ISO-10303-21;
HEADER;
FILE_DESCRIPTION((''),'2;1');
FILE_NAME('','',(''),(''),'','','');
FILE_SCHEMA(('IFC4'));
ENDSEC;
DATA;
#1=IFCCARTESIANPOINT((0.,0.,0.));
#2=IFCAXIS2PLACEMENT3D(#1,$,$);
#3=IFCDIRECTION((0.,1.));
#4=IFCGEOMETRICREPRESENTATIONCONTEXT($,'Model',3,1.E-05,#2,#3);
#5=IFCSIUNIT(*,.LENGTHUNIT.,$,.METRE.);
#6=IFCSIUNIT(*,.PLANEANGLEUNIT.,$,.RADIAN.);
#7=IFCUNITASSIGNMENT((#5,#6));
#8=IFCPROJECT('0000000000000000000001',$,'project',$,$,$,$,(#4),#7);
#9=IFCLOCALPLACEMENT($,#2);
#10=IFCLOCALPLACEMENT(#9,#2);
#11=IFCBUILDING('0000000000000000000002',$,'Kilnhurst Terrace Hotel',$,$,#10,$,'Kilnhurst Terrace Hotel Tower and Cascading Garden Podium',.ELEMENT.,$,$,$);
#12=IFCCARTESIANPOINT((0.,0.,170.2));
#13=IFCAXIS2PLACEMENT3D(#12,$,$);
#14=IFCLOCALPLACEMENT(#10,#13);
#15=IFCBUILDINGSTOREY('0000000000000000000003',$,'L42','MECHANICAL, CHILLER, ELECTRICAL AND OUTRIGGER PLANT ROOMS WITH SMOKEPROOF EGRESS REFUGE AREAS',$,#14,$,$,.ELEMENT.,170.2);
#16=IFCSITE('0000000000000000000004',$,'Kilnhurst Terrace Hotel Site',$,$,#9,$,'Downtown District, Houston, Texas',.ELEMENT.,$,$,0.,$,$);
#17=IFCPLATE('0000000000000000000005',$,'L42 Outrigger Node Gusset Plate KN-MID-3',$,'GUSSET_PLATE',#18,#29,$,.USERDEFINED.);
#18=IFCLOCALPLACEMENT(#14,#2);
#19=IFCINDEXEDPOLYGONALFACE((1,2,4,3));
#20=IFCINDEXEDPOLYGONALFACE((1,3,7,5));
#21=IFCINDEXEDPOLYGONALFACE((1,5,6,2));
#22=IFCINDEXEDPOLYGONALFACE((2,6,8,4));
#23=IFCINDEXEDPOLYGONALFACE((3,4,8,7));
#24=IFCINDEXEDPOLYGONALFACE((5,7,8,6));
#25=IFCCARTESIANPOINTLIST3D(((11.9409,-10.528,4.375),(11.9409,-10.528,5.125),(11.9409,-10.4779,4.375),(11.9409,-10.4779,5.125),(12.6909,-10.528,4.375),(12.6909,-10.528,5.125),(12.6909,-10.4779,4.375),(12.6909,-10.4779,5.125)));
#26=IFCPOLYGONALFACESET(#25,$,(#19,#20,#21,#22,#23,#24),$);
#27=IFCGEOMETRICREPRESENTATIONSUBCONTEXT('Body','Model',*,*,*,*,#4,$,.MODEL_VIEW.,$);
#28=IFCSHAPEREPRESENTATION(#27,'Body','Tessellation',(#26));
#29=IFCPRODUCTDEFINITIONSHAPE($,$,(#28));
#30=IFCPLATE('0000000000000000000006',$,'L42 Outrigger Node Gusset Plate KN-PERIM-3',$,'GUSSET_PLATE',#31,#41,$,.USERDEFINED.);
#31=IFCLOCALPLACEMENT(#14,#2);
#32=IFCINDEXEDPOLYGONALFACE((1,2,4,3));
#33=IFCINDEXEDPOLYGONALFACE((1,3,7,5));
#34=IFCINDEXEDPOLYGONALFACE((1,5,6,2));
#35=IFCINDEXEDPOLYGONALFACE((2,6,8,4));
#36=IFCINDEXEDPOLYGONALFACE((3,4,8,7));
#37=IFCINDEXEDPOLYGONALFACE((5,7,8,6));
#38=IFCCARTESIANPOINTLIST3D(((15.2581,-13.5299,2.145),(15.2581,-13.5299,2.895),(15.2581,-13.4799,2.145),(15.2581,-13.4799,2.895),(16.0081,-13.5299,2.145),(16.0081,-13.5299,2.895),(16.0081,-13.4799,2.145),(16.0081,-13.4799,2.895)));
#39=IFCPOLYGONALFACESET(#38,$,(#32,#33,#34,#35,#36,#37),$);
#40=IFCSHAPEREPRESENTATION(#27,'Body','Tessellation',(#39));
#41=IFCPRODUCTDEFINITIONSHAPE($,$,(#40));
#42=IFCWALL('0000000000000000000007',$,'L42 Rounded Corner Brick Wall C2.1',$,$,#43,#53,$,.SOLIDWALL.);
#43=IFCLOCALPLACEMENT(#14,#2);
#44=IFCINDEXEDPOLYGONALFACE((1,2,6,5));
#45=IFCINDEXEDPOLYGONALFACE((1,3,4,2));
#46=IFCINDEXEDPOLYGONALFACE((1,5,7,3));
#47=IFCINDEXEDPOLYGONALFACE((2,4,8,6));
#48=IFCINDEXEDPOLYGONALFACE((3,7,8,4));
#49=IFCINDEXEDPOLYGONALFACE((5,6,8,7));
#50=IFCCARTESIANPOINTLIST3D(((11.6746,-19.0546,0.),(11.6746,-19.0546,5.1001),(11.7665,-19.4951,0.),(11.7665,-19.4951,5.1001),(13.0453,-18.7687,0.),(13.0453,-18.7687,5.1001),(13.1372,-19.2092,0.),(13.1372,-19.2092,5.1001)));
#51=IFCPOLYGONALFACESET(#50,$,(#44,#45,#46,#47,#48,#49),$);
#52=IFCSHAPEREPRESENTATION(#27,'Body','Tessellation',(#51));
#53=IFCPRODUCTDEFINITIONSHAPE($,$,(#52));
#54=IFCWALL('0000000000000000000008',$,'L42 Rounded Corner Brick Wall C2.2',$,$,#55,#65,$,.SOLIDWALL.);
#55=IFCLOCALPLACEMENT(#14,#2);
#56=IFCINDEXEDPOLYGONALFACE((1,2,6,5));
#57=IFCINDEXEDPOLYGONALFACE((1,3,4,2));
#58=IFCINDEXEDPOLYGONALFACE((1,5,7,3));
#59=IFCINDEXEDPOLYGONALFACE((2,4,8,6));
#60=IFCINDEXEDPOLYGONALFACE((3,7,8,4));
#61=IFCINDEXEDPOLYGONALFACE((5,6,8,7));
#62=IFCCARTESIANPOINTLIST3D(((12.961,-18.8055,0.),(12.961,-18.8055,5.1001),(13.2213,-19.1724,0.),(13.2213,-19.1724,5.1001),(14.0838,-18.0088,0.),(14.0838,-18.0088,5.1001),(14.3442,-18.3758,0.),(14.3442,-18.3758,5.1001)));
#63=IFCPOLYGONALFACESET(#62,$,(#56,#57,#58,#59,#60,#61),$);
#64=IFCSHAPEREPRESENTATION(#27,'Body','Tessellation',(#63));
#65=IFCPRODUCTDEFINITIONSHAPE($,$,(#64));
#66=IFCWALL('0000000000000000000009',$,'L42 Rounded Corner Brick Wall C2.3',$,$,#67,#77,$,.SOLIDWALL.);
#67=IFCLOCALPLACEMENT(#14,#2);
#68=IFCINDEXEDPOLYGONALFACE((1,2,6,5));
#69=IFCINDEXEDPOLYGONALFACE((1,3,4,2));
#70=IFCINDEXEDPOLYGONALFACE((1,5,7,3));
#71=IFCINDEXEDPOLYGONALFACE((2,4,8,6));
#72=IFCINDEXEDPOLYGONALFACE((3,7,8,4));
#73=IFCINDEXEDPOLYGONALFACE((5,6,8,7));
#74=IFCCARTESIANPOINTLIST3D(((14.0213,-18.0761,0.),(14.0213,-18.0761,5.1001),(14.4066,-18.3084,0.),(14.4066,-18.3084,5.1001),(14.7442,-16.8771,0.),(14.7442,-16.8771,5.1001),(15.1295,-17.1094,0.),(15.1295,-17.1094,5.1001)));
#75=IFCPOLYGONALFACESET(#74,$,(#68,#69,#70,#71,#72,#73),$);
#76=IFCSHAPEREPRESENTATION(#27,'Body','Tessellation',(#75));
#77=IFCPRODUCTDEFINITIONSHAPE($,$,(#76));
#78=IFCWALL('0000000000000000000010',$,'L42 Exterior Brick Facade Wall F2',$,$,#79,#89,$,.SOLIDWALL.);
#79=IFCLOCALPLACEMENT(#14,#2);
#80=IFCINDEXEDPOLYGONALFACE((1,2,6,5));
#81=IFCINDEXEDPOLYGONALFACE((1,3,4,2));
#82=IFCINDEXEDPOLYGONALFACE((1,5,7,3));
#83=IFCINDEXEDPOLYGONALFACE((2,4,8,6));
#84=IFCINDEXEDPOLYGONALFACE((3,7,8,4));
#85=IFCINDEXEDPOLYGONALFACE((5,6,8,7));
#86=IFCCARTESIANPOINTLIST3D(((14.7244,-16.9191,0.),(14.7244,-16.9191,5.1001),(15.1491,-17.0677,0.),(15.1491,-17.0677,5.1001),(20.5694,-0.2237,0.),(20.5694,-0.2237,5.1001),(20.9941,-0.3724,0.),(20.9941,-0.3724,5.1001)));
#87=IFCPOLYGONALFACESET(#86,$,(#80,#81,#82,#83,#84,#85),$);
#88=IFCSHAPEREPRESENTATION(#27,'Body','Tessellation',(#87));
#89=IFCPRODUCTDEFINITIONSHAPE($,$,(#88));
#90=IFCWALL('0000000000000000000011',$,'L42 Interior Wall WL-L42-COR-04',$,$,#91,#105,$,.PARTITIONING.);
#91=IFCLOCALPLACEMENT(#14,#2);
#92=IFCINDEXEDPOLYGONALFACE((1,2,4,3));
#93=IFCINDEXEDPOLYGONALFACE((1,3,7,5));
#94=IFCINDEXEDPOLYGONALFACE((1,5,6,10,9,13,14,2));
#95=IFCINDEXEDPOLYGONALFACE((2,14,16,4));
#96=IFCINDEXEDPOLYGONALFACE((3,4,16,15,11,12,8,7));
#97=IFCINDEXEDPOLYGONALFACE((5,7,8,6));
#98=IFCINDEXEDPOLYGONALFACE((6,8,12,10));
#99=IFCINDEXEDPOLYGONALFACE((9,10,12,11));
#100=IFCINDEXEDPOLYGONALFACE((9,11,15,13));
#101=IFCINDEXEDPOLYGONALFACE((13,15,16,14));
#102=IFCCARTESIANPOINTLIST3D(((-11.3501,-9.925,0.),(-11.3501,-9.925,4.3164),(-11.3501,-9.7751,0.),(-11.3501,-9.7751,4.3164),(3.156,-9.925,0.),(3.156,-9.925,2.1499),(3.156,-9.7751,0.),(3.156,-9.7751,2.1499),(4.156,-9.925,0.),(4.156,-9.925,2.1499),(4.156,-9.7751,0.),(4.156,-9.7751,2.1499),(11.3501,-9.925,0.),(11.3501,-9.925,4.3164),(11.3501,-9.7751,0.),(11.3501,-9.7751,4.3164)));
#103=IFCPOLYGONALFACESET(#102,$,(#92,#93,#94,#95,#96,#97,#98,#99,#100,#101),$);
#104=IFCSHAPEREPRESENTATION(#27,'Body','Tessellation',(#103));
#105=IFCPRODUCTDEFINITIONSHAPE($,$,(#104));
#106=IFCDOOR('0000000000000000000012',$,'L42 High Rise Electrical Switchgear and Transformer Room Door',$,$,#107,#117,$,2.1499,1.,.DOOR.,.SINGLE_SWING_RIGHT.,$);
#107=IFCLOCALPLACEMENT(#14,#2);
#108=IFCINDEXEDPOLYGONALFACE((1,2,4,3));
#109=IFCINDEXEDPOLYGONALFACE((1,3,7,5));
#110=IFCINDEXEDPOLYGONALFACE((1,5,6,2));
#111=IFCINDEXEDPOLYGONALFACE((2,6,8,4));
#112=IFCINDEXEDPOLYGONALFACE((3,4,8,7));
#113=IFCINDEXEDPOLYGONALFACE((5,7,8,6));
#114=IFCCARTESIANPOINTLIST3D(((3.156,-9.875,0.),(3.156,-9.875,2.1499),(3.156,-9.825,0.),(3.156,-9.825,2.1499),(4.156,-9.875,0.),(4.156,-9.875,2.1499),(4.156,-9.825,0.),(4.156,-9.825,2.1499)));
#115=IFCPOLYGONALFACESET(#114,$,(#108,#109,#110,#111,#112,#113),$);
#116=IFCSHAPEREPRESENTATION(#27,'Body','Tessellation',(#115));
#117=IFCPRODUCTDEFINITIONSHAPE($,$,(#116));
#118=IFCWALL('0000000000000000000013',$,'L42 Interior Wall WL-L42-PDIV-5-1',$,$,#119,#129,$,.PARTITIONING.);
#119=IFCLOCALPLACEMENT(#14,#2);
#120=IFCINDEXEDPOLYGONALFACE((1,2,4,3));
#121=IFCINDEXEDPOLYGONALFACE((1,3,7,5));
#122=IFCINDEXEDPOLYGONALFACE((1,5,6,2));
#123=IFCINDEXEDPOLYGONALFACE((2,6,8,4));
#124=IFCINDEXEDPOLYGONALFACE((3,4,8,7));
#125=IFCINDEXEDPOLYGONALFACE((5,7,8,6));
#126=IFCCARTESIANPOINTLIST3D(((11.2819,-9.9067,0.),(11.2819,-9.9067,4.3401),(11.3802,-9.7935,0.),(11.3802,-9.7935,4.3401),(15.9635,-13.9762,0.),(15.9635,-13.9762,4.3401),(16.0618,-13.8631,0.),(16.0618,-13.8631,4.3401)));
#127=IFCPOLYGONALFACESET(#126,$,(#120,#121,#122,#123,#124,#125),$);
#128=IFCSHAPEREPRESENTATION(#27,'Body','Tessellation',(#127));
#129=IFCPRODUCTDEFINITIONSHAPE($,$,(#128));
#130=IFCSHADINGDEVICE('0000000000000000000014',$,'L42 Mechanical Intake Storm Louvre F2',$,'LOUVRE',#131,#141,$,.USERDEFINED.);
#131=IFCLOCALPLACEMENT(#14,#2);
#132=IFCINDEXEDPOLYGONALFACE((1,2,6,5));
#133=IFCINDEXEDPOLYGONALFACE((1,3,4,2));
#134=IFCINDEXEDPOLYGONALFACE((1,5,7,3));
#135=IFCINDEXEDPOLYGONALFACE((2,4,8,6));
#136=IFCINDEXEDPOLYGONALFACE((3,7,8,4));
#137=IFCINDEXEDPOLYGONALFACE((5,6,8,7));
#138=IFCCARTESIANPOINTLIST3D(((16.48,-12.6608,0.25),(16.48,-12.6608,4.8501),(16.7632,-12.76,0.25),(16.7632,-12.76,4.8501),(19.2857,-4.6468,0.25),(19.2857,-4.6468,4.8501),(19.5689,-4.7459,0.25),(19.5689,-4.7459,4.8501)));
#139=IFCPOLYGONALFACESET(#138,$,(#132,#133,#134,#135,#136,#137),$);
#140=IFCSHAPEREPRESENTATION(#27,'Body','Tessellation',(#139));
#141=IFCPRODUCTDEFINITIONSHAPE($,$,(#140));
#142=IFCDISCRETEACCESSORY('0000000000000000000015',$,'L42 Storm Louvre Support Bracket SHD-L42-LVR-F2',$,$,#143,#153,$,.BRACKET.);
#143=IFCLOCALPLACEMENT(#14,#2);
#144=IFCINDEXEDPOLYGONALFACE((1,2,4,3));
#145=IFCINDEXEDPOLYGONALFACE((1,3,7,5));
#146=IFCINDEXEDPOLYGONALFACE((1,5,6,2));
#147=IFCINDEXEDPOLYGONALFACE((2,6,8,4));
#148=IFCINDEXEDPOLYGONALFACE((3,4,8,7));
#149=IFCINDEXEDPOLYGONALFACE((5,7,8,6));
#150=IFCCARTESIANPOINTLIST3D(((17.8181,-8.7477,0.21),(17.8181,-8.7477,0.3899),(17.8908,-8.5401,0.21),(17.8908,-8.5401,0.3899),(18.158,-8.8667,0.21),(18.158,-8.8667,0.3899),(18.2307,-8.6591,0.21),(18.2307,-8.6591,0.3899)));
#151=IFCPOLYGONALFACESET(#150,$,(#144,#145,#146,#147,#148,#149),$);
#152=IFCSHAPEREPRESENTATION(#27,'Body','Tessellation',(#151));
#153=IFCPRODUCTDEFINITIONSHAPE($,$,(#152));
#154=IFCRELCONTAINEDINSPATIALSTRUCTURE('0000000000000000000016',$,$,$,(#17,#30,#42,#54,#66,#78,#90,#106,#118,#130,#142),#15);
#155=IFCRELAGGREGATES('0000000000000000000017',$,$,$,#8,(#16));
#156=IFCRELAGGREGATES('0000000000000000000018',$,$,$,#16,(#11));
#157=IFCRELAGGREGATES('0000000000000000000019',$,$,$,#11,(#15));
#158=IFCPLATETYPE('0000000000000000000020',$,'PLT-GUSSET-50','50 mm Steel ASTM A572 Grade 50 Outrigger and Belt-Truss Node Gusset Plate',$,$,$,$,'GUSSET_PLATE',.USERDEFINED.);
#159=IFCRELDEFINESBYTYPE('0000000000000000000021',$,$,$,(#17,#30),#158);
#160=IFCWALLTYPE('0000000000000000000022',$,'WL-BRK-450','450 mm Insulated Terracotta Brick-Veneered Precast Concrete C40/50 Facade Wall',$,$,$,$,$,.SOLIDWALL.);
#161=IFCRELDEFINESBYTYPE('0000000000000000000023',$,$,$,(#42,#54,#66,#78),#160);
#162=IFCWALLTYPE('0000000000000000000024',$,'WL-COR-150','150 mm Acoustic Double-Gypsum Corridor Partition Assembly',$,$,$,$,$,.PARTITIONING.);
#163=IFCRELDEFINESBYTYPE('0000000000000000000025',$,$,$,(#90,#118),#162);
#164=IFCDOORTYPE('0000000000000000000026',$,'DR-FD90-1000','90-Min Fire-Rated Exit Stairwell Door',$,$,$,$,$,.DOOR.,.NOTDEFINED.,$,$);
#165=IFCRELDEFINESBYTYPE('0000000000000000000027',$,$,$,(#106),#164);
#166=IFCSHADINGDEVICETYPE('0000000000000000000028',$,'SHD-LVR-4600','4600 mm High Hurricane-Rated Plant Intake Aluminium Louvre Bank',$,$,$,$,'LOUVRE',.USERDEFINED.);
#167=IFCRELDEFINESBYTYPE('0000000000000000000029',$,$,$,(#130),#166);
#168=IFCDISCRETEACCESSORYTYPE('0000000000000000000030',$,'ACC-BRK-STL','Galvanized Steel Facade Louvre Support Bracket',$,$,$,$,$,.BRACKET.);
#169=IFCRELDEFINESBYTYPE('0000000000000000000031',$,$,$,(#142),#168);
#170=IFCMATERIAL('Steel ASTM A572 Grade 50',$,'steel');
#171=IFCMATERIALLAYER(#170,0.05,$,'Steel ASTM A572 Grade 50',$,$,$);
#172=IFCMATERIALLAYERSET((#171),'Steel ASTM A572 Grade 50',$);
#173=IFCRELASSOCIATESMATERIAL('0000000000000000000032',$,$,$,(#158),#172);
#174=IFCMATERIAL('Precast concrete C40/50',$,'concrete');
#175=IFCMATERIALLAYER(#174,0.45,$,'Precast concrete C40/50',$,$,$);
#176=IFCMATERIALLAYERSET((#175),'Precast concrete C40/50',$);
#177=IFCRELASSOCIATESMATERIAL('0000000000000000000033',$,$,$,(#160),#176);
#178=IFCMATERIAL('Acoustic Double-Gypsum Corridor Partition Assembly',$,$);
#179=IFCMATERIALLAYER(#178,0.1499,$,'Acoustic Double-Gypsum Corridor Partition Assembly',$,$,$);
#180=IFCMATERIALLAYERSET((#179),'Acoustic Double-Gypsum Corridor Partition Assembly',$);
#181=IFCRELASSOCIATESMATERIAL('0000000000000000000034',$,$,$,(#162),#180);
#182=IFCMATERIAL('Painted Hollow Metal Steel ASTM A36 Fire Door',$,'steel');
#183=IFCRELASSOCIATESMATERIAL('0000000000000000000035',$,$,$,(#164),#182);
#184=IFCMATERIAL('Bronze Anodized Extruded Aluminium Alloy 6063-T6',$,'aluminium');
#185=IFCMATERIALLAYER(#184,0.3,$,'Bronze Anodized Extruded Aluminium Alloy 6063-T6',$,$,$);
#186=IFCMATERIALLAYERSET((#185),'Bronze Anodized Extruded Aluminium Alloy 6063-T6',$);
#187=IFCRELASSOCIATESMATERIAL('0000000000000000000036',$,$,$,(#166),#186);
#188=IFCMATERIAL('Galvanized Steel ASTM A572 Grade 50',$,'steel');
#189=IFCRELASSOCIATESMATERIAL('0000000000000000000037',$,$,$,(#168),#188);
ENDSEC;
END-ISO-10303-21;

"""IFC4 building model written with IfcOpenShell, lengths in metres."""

from ifc_helpers import new_model, si_unit, direction, frame, frame_2d, origin, origin_2d, place, context, subcontext, project, spatial, rectangle, extrude, material, layer, layer_set, type_object, element, fill, save


model = new_model("IFC4")

# Units and contexts
model_context = context("Model", 3, precision=1e-05, world=origin(), true_north=direction((0.0, 1.0)))
body_context = subcontext(model_context, "Body", "Model", "MODEL_VIEW")
ifc_project = project(units=[si_unit("LENGTHUNIT", "METRE"), si_unit("PLANEANGLEUNIT", "RADIAN")], contexts=[model_context])

# Site, building, storey
site_placement = place(None, origin())
site = spatial("IfcSite", under=ifc_project, at=site_placement, Name="Kilnhurst Terrace Hotel Site", LongName="Downtown District, Houston, Texas", CompositionType="ELEMENT", RefElevation=0.0)
building_placement = place(site_placement, origin())
building = spatial("IfcBuilding", under=site, at=building_placement, Name="Kilnhurst Terrace Hotel", LongName="Kilnhurst Terrace Hotel Tower and Cascading Garden Podium", CompositionType="ELEMENT")
storey_placement = place(building_placement, frame((0.0, 0.0, 170.2)))
storey = spatial("IfcBuildingStorey", under=building, at=storey_placement, Name="L42", Description="MECHANICAL, CHILLER, ELECTRICAL AND OUTRIGGER PLANT ROOMS WITH SMOKEPROOF EGRESS REFUGE AREAS", CompositionType="ELEMENT", Elevation=170.2)

# Plates
ifc_material_1 = material(Name="Steel ASTM A572 Grade 50", Category="steel")
ifc_layer_1 = layer(ifc_material_1, 0.05, Name="Steel ASTM A572 Grade 50")
ifc_layer_set_1 = layer_set([ifc_layer_1], Name="Steel ASTM A572 Grade 50")
plate_type = type_object("IfcPlateType", Name="PLT-GUSSET-50", Description="50 mm Steel ASTM A572 Grade 50 Outrigger and Belt-Truss Node Gusset Plate", ElementType="GUSSET_PLATE", PredefinedType="USERDEFINED", material=ifc_layer_set_1)
for number, where, z_axis, x_axis, name in (
    (1, (12.3159, -10.5029, 4.375), (0.0, 0.0, 1.0), (1.0, 0.0, 0.0), "L42 Outrigger Node Gusset Plate KN-MID-3"),
    (2, (15.6331, -13.5049, 2.145), (0.0, 0.0, 1.0), (1.0, 0.0, 0.0), "L42 Outrigger Node Gusset Plate KN-PERIM-3"),
):
    element("IfcPlate", number, at=place(storey_placement, frame(where, z_axis=z_axis, x_axis=x_axis)), inside=storey, type_object=plate_type, Name=name, ObjectType="GUSSET_PLATE", PredefinedType="USERDEFINED", context=body_context, shape_type="SweptSolid", body=[
        extrude(rectangle(XDim=0.75, YDim=0.05, at=origin_2d()), origin(), (0.0, 0.0, 1.0), 0.75),
    ])

# Walls
ifc_material_2 = material(Name="Precast concrete C40/50", Category="concrete")
ifc_layer_2 = layer(ifc_material_2, 0.45, Name="Precast concrete C40/50")
ifc_layer_set_2 = layer_set([ifc_layer_2], Name="Precast concrete C40/50")
wall_type_1 = type_object("IfcWallType", Name="WL-BRK-450", Description="450 mm Insulated Terracotta Brick-Veneered Precast Concrete C40/50 Facade Wall", PredefinedType="SOLIDWALL", material=ifc_layer_set_2)
wall_1_placement = place(storey_placement, frame((11.7205, -19.2749, 0.0), z_axis=(0.0, 0.0, 1.0), x_axis=(0.978931, 0.204191, 0.0)))
element("IfcWall", 3, at=wall_1_placement, inside=storey, type_object=wall_type_1, Name="L42 Rounded Corner Brick Wall C2.1", PredefinedType="SOLIDWALL", context=body_context, shape_type="SweptSolid", body=[
    extrude(rectangle(XDim=1.4001, YDim=0.45, at=frame_2d((0.7002, 0.0))), origin(), (0.0, 0.0, 1.0), 5.1001),
])
wall_2_placement = place(storey_placement, frame((13.0911, -18.989, 0.0), z_axis=(0.0, 0.0, 1.0), x_axis=(0.815575, 0.578652, 0.0)))
element("IfcWall", 4, at=wall_2_placement, inside=storey, type_object=wall_type_1, Name="L42 Rounded Corner Brick Wall C2.2", PredefinedType="SOLIDWALL", context=body_context, shape_type="SweptSolid", body=[
    extrude(rectangle(XDim=1.3767, YDim=0.45, at=frame_2d((0.6885, 0.0))), origin(), (0.0, 0.0, 1.0), 5.1001),
])
wall_3_placement = place(storey_placement, frame((14.2139, -18.1924, 0.0), z_axis=(0.0, 0.0, 1.0), x_axis=(0.516341, 0.856383, 0.0)))
element("IfcWall", 5, at=wall_3_placement, inside=storey, type_object=wall_type_1, Name="L42 Rounded Corner Brick Wall C2.3", PredefinedType="SOLIDWALL", context=body_context, shape_type="SweptSolid", body=[
    extrude(rectangle(XDim=1.4001, YDim=0.45, at=frame_2d((0.7002, 0.0))), origin(), (0.0, 0.0, 1.0), 5.1001),
])
wall_4_placement = place(storey_placement, frame((14.9368, -16.9934, 0.0), z_axis=(0.0, 0.0, 1.0), x_axis=(0.330432, 0.94383, 0.0)))
element("IfcWall", 6, at=wall_4_placement, inside=storey, type_object=wall_type_1, Name="L42 Exterior Brick Facade Wall F2", PredefinedType="SOLIDWALL", context=body_context, shape_type="SweptSolid", body=[
    extrude(rectangle(XDim=17.689, YDim=0.45, at=frame_2d((8.8445, 0.0))), origin(), (0.0, 0.0, 1.0), 5.1001),
])

# Wall, opening, door
ifc_material_3 = material(Name="Acoustic Double-Gypsum Corridor Partition Assembly")
ifc_layer_3 = layer(ifc_material_3, 0.1499, Name="Acoustic Double-Gypsum Corridor Partition Assembly")
ifc_layer_set_3 = layer_set([ifc_layer_3], Name="Acoustic Double-Gypsum Corridor Partition Assembly")
wall_type_2 = type_object("IfcWallType", Name="WL-COR-150", Description="150 mm Acoustic Double-Gypsum Corridor Partition Assembly", PredefinedType="PARTITIONING", material=ifc_layer_set_3)
wall_5_placement = place(storey_placement, frame((11.3501, -9.8501, 0.0), z_axis=(0.0, 0.0, 1.0), x_axis=(-1.0, 0.0, 0.0)))
wall_5 = element("IfcWall", 7, at=wall_5_placement, inside=storey, type_object=wall_type_2, Name="L42 Interior Wall WL-L42-COR-04", PredefinedType="PARTITIONING", context=body_context, shape_type="SweptSolid", body=[
    extrude(rectangle(XDim=22.7002, YDim=0.1499, at=frame_2d((11.3501, 0.0))), origin(), (0.0, 0.0, 1.0), 4.3164),
])
opening_placement = place(wall_5_placement, frame((7.1941, 0.0, 0.0)))
opening = element("IfcOpeningElement", 8, at=opening_placement, cuts=wall_5, PredefinedType="OPENING", context=body_context, shape_type="SweptSolid", body=[
    extrude(rectangle(XDim=1.0, YDim=2.1499, at=frame_2d((0.5, 1.075))), frame((0.0, 0.085, 0.0), z_axis=(0.0, -1.0, 0.0), x_axis=(1.0, 0.0, 0.0)), (0.0, 0.0, 1.0), 0.1699),
])
ifc_material_4 = material(Name="Painted Hollow Metal Steel ASTM A36 Fire Door", Category="steel")
door_type = type_object("IfcDoorType", Name="DR-FD90-1000", Description="90-Min Fire-Rated Exit Stairwell Door", OperationType="NOTDEFINED", PredefinedType="DOOR", material=ifc_material_4)
door_placement = place(opening_placement, origin())
door = element("IfcDoor", 9, at=door_placement, inside=storey, type_object=door_type, Name="L42 High Rise Electrical Switchgear and Transformer Room Door", OperationType="SINGLE_SWING_RIGHT", OverallHeight=2.1499, OverallWidth=1.0, PredefinedType="DOOR", context=body_context, shape_type="SweptSolid", body=[
    extrude(rectangle(XDim=1.0, YDim=2.1499, at=frame_2d((0.5, 1.075))), frame((0.0, 0.0249, 0.0), z_axis=(0.0, -1.0, 0.0), x_axis=(1.0, 0.0, 0.0)), (0.0, 0.0, 1.0), 0.05),
])
fill(opening, door)

# Wall
wall_6_placement = place(storey_placement, frame((11.3311, -9.8501, 0.0), z_axis=(0.0, 0.0, 1.0), x_axis=(0.754718, -0.656049, 0.0)))
element("IfcWall", 10, at=wall_6_placement, inside=storey, type_object=wall_type_2, Name="L42 Interior Wall WL-L42-PDIV-5-1", PredefinedType="PARTITIONING", context=body_context, shape_type="SweptSolid", body=[
    extrude(rectangle(XDim=6.2031, YDim=0.1499, at=frame_2d((3.1016, 0.0))), origin(), (0.0, 0.0, 1.0), 4.3401),
])

# Shading device
ifc_material_5 = material(Name="Bronze Anodized Extruded Aluminium Alloy 6063-T6", Category="aluminium")
ifc_layer_4 = layer(ifc_material_5, 0.3, Name="Bronze Anodized Extruded Aluminium Alloy 6063-T6")
ifc_layer_set_4 = layer_set([ifc_layer_4], Name="Bronze Anodized Extruded Aluminium Alloy 6063-T6")
shading_device_type = type_object("IfcShadingDeviceType", Name="SHD-LVR-4600", Description="4600 mm High Hurricane-Rated Plant Intake Aluminium Louvre Bank", ElementType="LOUVRE", PredefinedType="USERDEFINED", material=ifc_layer_set_4)
shading_device_placement = place(storey_placement, frame((18.0244, -8.7034, 0.25), z_axis=(0.0, 0.0, 1.0), x_axis=(0.330432, 0.94383, 0.0)))
element("IfcShadingDevice", 11, at=shading_device_placement, inside=storey, type_object=shading_device_type, Name="L42 Mechanical Intake Storm Louvre F2", ObjectType="LOUVRE", PredefinedType="USERDEFINED", context=body_context, shape_type="SweptSolid", body=[
    extrude(rectangle(XDim=8.491, YDim=0.3, at=origin_2d()), origin(), (0.0, 0.0, 1.0), 4.6001),
])

# Discrete accessory
ifc_material_6 = material(Name="Galvanized Steel ASTM A572 Grade 50", Category="steel")
discrete_accessory_type = type_object("IfcDiscreteAccessoryType", Name="ACC-BRK-STL", Description="Galvanized Steel Facade Louvre Support Bracket", PredefinedType="BRACKET", material=ifc_material_6)
discrete_accessory_placement = place(storey_placement, frame((18.0244, -8.7034, 0.21), z_axis=(0.0, 0.0, 1.0), x_axis=(0.330432, 0.94383, 0.0)))
element("IfcDiscreteAccessory", 12, at=discrete_accessory_placement, inside=storey, type_object=discrete_accessory_type, Name="L42 Storm Louvre Support Bracket SHD-L42-LVR-F2", PredefinedType="BRACKET", context=body_context, shape_type="SweptSolid", body=[
    extrude(rectangle(XDim=0.22, YDim=0.3601, at=origin_2d()), origin(), (0.0, 0.0, 1.0), 0.1799),
])

save(model, "model.ifc")
